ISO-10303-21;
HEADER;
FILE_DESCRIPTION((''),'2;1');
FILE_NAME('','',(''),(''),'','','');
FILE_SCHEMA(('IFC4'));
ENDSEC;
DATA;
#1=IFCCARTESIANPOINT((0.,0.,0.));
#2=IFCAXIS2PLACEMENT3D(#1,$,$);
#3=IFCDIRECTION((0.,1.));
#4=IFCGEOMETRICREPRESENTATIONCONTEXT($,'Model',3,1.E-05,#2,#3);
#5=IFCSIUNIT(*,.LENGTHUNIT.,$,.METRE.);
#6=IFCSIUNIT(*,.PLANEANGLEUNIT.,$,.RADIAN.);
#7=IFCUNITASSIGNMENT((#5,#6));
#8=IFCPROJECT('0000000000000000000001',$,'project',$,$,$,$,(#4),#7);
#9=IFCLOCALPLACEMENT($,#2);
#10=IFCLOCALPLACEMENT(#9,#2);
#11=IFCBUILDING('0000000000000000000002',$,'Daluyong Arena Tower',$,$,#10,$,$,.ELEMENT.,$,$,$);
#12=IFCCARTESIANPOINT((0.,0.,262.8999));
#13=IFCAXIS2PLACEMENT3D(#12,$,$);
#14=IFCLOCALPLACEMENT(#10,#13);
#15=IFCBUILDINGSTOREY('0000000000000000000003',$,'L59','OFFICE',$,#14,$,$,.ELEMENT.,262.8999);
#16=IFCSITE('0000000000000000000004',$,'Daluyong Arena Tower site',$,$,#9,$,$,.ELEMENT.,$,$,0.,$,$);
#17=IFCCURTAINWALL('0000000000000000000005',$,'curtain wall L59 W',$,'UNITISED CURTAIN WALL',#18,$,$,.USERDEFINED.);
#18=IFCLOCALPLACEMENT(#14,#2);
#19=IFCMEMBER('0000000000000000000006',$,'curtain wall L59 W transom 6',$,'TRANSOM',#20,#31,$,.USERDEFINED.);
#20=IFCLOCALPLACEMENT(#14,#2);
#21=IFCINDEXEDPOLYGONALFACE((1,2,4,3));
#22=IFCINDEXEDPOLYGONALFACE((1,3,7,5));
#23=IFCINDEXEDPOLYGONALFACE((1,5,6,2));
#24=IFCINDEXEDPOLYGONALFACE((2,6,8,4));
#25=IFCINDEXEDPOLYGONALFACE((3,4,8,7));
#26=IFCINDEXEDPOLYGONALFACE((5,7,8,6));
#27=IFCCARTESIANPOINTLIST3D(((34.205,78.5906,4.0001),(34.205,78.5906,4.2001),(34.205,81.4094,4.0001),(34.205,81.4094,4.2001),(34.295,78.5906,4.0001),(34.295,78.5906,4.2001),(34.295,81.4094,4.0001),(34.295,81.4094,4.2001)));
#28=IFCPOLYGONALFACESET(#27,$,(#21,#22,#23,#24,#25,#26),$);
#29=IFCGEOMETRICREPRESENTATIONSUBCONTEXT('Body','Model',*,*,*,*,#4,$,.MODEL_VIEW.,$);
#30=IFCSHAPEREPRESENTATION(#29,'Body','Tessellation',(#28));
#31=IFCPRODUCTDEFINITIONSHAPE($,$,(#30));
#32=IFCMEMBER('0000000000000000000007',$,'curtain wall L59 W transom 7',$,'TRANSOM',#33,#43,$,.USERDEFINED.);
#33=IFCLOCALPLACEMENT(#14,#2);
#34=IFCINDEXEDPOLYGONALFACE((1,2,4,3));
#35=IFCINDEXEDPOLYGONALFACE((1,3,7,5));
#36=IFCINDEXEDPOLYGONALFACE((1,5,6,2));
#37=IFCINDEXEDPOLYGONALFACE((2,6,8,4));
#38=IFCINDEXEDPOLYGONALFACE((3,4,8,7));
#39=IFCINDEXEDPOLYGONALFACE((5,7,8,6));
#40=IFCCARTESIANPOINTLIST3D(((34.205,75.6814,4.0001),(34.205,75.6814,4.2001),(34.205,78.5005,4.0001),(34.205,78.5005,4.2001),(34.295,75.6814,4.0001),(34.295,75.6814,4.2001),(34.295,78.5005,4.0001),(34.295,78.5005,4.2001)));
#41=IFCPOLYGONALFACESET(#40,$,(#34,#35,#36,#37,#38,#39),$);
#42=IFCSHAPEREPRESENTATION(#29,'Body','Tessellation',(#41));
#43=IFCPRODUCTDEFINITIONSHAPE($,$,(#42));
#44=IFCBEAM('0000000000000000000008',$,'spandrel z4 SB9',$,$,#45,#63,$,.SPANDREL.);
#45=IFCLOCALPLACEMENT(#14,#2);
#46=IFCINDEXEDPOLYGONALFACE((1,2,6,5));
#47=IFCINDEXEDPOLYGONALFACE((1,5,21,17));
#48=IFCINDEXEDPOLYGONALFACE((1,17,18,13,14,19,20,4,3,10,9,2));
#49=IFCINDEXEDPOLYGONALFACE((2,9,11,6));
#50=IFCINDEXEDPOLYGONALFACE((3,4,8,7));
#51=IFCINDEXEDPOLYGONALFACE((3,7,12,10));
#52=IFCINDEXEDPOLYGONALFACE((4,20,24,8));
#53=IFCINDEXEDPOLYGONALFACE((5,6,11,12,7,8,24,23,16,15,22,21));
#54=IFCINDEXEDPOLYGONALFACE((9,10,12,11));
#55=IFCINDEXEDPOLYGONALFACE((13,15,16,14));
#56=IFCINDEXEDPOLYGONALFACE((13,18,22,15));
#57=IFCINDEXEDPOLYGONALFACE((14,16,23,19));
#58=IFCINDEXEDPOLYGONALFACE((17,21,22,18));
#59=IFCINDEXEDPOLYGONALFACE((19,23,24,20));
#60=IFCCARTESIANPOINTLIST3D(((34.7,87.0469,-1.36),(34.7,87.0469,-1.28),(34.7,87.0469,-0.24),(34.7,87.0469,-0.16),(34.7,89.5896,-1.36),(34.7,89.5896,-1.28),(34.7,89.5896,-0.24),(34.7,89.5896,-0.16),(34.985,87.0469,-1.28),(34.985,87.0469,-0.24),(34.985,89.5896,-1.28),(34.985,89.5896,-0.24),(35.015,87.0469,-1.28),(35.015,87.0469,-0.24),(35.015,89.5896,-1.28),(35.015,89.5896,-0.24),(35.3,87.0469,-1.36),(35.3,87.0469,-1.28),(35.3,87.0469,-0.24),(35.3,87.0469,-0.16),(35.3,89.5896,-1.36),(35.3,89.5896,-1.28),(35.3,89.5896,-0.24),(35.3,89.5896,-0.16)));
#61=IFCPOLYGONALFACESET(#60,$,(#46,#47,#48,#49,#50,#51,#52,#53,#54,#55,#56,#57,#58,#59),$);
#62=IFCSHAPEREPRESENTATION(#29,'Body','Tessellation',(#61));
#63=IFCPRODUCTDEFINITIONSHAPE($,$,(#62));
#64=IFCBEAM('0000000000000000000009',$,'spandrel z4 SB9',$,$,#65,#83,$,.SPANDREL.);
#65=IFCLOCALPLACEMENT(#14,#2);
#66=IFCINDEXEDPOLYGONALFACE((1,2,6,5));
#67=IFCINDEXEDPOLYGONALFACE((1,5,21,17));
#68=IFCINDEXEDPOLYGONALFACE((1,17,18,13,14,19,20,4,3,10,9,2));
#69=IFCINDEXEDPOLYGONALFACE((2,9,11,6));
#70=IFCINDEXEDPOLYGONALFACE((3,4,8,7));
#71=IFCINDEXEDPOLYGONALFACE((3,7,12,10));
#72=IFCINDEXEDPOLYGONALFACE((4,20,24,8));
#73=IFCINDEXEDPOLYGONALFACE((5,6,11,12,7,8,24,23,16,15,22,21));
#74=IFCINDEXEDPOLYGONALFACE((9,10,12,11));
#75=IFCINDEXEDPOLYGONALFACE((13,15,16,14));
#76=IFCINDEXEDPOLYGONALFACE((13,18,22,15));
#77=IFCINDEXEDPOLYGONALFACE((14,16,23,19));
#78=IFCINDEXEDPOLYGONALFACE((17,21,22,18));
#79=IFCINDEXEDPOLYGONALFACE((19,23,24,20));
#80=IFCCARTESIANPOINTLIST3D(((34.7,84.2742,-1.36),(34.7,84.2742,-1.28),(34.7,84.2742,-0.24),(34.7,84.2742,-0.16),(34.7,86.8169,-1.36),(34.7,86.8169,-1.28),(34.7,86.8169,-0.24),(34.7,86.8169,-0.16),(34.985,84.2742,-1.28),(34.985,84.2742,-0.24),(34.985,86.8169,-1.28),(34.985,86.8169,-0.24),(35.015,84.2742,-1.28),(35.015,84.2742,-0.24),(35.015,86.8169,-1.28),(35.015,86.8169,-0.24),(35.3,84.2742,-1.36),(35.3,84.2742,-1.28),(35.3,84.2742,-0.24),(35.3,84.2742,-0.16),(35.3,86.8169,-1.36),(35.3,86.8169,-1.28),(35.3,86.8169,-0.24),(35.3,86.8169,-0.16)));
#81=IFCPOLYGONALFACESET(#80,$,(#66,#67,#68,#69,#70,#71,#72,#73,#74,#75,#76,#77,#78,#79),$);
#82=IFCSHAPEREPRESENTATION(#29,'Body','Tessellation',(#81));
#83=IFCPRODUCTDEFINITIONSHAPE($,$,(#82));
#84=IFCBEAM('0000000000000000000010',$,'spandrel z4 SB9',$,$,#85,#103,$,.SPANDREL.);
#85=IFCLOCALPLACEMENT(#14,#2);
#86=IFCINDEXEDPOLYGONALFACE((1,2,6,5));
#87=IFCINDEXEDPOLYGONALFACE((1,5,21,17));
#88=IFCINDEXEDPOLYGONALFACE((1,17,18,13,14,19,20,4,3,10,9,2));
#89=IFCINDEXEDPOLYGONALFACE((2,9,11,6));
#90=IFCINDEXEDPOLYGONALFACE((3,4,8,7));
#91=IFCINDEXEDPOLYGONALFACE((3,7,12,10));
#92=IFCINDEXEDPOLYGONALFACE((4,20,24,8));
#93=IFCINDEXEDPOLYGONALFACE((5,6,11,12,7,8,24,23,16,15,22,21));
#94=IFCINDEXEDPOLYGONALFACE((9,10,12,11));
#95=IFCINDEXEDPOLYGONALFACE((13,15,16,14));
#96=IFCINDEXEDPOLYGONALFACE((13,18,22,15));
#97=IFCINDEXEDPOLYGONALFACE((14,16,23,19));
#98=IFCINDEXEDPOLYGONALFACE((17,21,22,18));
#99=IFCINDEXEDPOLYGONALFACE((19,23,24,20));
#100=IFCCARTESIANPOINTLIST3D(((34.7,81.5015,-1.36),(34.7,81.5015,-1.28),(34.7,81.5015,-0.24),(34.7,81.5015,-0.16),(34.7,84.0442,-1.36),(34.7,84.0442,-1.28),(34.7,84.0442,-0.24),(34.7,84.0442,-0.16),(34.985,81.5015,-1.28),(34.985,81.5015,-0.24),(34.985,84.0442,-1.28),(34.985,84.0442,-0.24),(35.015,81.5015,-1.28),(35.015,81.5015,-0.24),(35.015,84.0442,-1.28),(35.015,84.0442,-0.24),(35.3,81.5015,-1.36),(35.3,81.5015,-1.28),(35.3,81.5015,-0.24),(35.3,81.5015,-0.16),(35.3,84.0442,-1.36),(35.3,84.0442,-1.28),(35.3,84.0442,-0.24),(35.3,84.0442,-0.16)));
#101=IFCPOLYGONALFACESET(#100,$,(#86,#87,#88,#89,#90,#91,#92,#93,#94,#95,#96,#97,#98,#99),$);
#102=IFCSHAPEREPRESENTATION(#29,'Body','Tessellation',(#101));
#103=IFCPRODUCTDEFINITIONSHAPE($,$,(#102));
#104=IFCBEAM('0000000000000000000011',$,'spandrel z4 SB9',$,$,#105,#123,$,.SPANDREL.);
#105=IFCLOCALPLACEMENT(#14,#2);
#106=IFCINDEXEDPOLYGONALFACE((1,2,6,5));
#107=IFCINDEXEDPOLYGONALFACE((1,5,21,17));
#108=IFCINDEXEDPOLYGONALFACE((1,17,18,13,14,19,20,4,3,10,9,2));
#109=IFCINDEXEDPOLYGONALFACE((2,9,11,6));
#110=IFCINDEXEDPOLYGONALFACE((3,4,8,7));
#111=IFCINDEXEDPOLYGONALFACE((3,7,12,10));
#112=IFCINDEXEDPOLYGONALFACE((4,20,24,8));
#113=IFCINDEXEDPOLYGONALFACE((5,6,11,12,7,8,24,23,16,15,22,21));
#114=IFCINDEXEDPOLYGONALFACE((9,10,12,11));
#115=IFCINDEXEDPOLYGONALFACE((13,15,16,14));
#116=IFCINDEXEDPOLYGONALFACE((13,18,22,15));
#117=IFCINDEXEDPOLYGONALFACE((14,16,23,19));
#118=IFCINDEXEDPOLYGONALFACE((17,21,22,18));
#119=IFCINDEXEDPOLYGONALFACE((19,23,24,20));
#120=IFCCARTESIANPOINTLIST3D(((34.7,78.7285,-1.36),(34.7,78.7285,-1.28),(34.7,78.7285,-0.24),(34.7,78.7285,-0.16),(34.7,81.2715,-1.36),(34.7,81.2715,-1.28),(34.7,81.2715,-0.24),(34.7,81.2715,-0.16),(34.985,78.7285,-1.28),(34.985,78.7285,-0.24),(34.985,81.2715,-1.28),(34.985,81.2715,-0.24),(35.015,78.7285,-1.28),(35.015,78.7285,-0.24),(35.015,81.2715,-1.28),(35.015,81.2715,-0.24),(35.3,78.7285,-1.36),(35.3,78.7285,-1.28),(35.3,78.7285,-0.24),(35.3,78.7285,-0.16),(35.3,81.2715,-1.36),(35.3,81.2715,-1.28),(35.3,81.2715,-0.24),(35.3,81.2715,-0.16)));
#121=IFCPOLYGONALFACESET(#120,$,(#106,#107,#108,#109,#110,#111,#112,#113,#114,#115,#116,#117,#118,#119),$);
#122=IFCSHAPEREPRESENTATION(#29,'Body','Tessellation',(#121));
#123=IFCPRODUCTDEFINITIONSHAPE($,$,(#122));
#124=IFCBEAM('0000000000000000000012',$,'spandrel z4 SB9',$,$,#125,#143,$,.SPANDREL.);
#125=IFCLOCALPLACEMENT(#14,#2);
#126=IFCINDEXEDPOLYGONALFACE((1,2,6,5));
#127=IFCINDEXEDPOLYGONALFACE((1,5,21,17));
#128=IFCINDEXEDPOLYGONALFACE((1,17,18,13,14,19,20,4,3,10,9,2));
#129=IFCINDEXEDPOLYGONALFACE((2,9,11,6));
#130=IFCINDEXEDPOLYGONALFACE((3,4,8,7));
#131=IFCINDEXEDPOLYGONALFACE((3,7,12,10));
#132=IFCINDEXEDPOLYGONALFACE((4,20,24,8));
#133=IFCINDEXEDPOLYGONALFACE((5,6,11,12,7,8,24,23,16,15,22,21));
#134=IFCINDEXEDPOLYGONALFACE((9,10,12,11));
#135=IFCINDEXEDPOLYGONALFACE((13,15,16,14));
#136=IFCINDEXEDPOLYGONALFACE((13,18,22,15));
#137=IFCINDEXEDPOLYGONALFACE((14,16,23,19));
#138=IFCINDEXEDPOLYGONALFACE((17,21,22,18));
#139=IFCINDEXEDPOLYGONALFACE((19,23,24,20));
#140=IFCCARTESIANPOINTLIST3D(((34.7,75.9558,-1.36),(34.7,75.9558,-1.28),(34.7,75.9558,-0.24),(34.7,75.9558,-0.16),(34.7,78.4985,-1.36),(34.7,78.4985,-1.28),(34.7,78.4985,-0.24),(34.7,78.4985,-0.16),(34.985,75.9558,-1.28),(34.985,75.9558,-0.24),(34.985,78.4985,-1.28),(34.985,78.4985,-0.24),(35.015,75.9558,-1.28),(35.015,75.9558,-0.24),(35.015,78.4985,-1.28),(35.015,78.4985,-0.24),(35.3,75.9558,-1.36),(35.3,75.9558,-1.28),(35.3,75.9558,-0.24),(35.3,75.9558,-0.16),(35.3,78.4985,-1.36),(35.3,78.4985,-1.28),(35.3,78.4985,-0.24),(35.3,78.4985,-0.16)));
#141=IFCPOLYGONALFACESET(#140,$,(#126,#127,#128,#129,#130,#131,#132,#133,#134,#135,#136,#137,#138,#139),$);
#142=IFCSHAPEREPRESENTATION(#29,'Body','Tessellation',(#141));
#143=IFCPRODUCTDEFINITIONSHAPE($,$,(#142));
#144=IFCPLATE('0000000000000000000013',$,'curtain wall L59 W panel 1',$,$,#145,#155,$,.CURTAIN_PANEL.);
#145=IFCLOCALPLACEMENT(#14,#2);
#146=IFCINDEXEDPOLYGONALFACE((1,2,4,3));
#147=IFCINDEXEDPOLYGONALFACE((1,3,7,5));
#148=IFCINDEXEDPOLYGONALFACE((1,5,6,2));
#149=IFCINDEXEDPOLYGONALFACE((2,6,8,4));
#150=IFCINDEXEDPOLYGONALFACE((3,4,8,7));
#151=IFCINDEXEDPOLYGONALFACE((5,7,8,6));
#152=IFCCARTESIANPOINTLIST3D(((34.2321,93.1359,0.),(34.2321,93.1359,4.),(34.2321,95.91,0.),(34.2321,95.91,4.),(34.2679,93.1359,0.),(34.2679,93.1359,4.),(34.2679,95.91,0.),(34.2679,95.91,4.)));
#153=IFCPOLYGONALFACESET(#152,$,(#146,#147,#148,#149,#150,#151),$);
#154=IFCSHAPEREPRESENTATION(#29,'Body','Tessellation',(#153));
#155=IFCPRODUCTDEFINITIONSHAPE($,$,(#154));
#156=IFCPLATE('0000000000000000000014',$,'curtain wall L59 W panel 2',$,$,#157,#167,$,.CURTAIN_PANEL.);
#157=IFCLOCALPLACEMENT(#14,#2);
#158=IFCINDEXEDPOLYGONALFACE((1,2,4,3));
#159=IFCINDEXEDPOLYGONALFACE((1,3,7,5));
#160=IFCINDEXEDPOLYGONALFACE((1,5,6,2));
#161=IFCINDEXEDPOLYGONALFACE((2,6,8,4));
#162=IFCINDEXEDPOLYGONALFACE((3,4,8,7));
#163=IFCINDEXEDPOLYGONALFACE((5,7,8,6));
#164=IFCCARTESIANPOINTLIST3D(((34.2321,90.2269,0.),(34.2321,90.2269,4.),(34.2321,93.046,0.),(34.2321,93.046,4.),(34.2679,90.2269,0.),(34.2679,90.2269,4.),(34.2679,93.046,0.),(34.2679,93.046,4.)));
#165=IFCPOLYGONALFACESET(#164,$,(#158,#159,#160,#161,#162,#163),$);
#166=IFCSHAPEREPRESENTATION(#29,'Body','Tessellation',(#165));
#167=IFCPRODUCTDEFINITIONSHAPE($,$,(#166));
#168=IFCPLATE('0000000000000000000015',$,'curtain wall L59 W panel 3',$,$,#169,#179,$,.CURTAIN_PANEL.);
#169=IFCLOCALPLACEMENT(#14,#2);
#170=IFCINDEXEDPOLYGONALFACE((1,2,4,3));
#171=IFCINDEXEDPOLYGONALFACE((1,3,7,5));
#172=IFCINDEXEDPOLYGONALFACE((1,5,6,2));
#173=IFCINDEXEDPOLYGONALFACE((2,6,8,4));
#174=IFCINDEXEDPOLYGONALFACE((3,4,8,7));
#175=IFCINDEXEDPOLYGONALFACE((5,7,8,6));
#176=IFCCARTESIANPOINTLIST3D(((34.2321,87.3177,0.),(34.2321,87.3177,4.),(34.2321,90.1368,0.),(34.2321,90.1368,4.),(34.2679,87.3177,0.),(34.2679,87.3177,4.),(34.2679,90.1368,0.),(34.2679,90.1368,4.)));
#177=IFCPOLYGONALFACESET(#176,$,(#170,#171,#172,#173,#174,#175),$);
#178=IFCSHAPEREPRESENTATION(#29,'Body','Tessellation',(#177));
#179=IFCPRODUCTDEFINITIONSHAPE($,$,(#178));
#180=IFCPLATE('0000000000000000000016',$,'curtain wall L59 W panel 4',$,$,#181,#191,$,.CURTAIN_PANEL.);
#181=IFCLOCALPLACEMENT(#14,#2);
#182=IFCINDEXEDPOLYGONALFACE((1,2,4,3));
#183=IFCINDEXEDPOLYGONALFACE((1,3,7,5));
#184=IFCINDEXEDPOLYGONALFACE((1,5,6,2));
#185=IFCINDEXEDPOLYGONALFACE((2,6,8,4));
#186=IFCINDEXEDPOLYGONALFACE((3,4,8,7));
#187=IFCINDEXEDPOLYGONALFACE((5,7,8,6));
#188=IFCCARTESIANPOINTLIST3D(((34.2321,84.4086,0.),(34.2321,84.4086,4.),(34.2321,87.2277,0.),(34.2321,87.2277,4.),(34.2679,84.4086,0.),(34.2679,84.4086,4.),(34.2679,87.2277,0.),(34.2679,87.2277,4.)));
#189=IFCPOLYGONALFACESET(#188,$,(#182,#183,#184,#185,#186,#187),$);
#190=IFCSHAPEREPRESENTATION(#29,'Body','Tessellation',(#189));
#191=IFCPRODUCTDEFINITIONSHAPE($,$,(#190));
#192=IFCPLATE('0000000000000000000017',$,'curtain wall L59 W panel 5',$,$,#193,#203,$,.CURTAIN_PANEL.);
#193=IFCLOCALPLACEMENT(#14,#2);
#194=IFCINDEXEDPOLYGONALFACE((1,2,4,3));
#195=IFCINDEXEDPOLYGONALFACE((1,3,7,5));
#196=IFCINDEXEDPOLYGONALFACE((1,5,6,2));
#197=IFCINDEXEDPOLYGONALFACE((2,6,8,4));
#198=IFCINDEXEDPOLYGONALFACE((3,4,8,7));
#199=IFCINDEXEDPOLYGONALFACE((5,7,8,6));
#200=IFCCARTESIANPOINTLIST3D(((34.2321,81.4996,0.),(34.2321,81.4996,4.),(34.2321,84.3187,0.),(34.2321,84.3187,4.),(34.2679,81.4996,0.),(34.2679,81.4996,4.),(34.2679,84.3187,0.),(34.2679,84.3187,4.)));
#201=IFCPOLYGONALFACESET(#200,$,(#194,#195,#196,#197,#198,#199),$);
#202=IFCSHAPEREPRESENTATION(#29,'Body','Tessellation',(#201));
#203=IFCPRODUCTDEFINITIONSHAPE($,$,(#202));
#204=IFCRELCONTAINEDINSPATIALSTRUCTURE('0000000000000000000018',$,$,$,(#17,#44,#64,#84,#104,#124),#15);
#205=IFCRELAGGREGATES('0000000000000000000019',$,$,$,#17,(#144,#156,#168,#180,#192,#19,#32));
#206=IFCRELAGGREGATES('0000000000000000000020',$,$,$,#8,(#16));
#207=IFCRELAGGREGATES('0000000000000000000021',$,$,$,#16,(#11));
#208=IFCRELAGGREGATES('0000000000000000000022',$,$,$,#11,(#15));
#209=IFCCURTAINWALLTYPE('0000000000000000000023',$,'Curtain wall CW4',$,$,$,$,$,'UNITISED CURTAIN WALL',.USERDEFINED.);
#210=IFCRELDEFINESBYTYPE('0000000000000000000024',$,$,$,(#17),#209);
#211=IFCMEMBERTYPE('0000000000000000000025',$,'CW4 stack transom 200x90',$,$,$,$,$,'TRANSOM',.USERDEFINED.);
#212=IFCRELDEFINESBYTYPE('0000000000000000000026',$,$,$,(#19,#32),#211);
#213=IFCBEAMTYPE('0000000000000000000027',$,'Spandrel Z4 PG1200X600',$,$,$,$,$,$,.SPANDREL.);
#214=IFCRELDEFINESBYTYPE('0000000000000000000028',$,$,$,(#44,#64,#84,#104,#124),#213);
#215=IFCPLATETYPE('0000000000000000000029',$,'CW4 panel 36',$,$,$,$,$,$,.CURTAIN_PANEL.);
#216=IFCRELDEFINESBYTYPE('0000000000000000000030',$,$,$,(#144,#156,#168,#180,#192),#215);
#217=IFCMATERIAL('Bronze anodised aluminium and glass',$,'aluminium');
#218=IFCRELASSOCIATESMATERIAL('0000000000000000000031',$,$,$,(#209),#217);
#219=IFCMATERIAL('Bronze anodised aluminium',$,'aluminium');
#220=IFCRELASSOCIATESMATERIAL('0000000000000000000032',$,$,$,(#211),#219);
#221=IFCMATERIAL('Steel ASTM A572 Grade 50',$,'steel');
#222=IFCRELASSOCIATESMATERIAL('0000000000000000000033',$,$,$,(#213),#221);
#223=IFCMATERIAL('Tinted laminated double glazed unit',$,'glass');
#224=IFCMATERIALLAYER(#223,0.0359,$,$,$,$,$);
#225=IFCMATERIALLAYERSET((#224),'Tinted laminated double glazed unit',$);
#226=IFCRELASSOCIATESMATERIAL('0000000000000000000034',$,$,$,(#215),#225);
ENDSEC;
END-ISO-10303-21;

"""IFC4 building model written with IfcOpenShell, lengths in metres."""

from ifc_helpers import new_model, si_unit, direction, frame, origin, origin_2d, place, context, subcontext, project, spatial, rectangle, i_section, extrude, material, layer, layer_set, material_profile, profile_set, type_object, element, aggregate, save


model = new_model("IFC4")

# Units and contexts
model_context = context("Model", 3, precision=1e-05, world=origin(), true_north=direction((0.0, 1.0)))
body_context = subcontext(model_context, "Body", "Model", "MODEL_VIEW")
ifc_project = project(units=[si_unit("LENGTHUNIT", "METRE"), si_unit("PLANEANGLEUNIT", "RADIAN")], contexts=[model_context])

# Site, building, storey
site_placement = place(None, origin())
site = spatial("IfcSite", under=ifc_project, at=site_placement, Name="Daluyong Arena Tower site", CompositionType="ELEMENT", RefElevation=0.0)
building_placement = place(site_placement, origin())
building = spatial("IfcBuilding", under=site, at=building_placement, Name="Daluyong Arena Tower", CompositionType="ELEMENT")
storey_placement = place(building_placement, frame((0.0, 0.0, 262.8999)))
storey = spatial("IfcBuildingStorey", under=building, at=storey_placement, Name="L59", Description="OFFICE", CompositionType="ELEMENT", Elevation=262.8999)

# Curtain wall, members
ifc_material_1 = material(Name="Bronze anodised aluminium and glass", Category="aluminium")
curtain_wall_type = type_object("IfcCurtainWallType", Name="Curtain wall CW4", ElementType="UNITISED CURTAIN WALL", PredefinedType="USERDEFINED", material=ifc_material_1)
curtain_wall_placement = place(storey_placement, origin())
curtain_wall = element("IfcCurtainWall", 1, at=curtain_wall_placement, inside=storey, type_object=curtain_wall_type, Name="curtain wall L59 W", ObjectType="UNITISED CURTAIN WALL", PredefinedType="USERDEFINED")
ifc_material_2 = material(Name="Bronze anodised aluminium", Category="aluminium")
ifc_material_profile_1 = material_profile(ifc_material_2, rectangle(XDim=0.0901, YDim=0.2, at=origin_2d()))
ifc_profile_set_1 = profile_set([ifc_material_profile_1], Name="Bronze anodised aluminium")
member_type_1 = type_object("IfcMemberType", Name="CW4 stack transom 200x90", ElementType="TRANSOM", PredefinedType="USERDEFINED", material=ifc_profile_set_1)
member_1_placement = place(storey_placement, frame((34.25, 81.4094, 4.1001), z_axis=(0.0, -1.0, 0.0), x_axis=(1.0, 0.0, 0.0)))
member_1 = element("IfcMember", 2, at=member_1_placement, type_object=member_type_1, Name="curtain wall L59 W transom 6", ObjectType="TRANSOM", PredefinedType="USERDEFINED", context=body_context, shape_type="SweptSolid", body=[
    extrude(rectangle(XDim=0.0901, YDim=0.2, at=origin_2d()), origin(), (0.0, 0.0, 1.0), 2.8188),
])
member_2_placement = place(storey_placement, frame((34.25, 78.5005, 4.1001), z_axis=(0.0, -1.0, 0.0), x_axis=(1.0, 0.0, 0.0)))
member_2 = element("IfcMember", 3, at=member_2_placement, type_object=member_type_1, Name="curtain wall L59 W transom 7", ObjectType="TRANSOM", PredefinedType="USERDEFINED", context=body_context, shape_type="SweptSolid", body=[
    extrude(rectangle(XDim=0.0901, YDim=0.2, at=origin_2d()), origin(), (0.0, 0.0, 1.0), 2.8191),
])

# Beams
ifc_material_3 = material(Name="Steel ASTM A572 Grade 50", Category="steel")
ifc_material_profile_2 = material_profile(ifc_material_3, i_section(OverallWidth=0.6001, OverallDepth=1.2, WebThickness=0.03, FlangeThickness=0.08, at=origin_2d()))
ifc_profile_set_2 = profile_set([ifc_material_profile_2], Name="Steel ASTM A572 Grade 50")
beam_type = type_object("IfcBeamType", Name="Spandrel Z4 PG1200X600", PredefinedType="SPANDREL", material=ifc_profile_set_2)
for number, where, z_axis, x_axis, name in (
    (4, (35.0, 89.5896, -0.76), (0.0, -1.0, 0.0), (1.0, 0.0, 0.0), "spandrel z4 SB9"),
    (5, (35.0, 86.8169, -0.76), (0.0, -1.0, 0.0), (1.0, 0.0, 0.0), "spandrel z4 SB9"),
    (6, (35.0, 84.0442, -0.76), (0.0, -1.0, 0.0), (1.0, 0.0, 0.0), "spandrel z4 SB9"),
):
    element("IfcBeam", number, at=place(storey_placement, frame(where, z_axis=z_axis, x_axis=x_axis)), inside=storey, type_object=beam_type, Name=name, PredefinedType="SPANDREL", context=body_context, shape_type="SweptSolid", body=[
        extrude(i_section(OverallWidth=0.6001, OverallDepth=1.2, WebThickness=0.03, FlangeThickness=0.08, at=origin_2d()), origin(), (0.0, 0.0, 1.0), 2.5427),
    ])
beam_1_placement = place(storey_placement, frame((35.0, 81.2715, -0.76), z_axis=(0.0, -1.0, 0.0), x_axis=(1.0, 0.0, 0.0)))
element("IfcBeam", 7, at=beam_1_placement, inside=storey, type_object=beam_type, Name="spandrel z4 SB9", PredefinedType="SPANDREL", context=body_context, shape_type="SweptSolid", body=[
    extrude(i_section(OverallWidth=0.6001, OverallDepth=1.2, WebThickness=0.03, FlangeThickness=0.08, at=origin_2d()), origin(), (0.0, 0.0, 1.0), 2.543),
])
beam_2_placement = place(storey_placement, frame((35.0, 78.4985, -0.76), z_axis=(0.0, -1.0, 0.0), x_axis=(1.0, 0.0, 0.0)))
element("IfcBeam", 8, at=beam_2_placement, inside=storey, type_object=beam_type, Name="spandrel z4 SB9", PredefinedType="SPANDREL", context=body_context, shape_type="SweptSolid", body=[
    extrude(i_section(OverallWidth=0.6001, OverallDepth=1.2, WebThickness=0.03, FlangeThickness=0.08, at=origin_2d()), origin(), (0.0, 0.0, 1.0), 2.5427),
])

# Plates
ifc_material_4 = material(Name="Tinted laminated double glazed unit", Category="glass")
ifc_layer = layer(ifc_material_4, 0.0359)
ifc_layer_set = layer_set([ifc_layer], Name="Tinted laminated double glazed unit")
plate_type = type_object("IfcPlateType", Name="CW4 panel 36", PredefinedType="CURTAIN_PANEL", material=ifc_layer_set)
plate_1_placement = place(storey_placement, frame((34.25, 94.5229, 0.0), z_axis=(0.0, 0.0, 1.0), x_axis=(0.0, -1.0, 0.0)))
plate_1 = element("IfcPlate", 9, at=plate_1_placement, type_object=plate_type, Name="curtain wall L59 W panel 1", PredefinedType="CURTAIN_PANEL", context=body_context, shape_type="SweptSolid", body=[
    extrude(rectangle(XDim=2.7742, YDim=0.0359, at=origin_2d()), origin(), (0.0, 0.0, 1.0), 4.0),
])
plate_2_placement = place(storey_placement, frame((34.25, 91.6365, 0.0), z_axis=(0.0, 0.0, 1.0), x_axis=(0.0, -1.0, 0.0)))
plate_2 = element("IfcPlate", 10, at=plate_2_placement, type_object=plate_type, Name="curtain wall L59 W panel 2", PredefinedType="CURTAIN_PANEL", context=body_context, shape_type="SweptSolid", body=[
    extrude(rectangle(XDim=2.8191, YDim=0.0359, at=origin_2d()), origin(), (0.0, 0.0, 1.0), 4.0),
])
plate_3_placement = place(storey_placement, frame((34.25, 88.7273, 0.0), z_axis=(0.0, 0.0, 1.0), x_axis=(0.0, -1.0, 0.0)))
plate_3 = element("IfcPlate", 11, at=plate_3_placement, type_object=plate_type, Name="curtain wall L59 W panel 3", PredefinedType="CURTAIN_PANEL", context=body_context, shape_type="SweptSolid", body=[
    extrude(rectangle(XDim=2.8191, YDim=0.0359, at=origin_2d()), origin(), (0.0, 0.0, 1.0), 4.0),
])
plate_4_placement = place(storey_placement, frame((34.25, 85.8181, 0.0), z_axis=(0.0, 0.0, 1.0), x_axis=(0.0, -1.0, 0.0)))
plate_4 = element("IfcPlate", 12, at=plate_4_placement, type_object=plate_type, Name="curtain wall L59 W panel 4", PredefinedType="CURTAIN_PANEL", context=body_context, shape_type="SweptSolid", body=[
    extrude(rectangle(XDim=2.8191, YDim=0.0359, at=origin_2d()), origin(), (0.0, 0.0, 1.0), 4.0),
])
plate_5_placement = place(storey_placement, frame((34.25, 82.9092, 0.0), z_axis=(0.0, 0.0, 1.0), x_axis=(0.0, -1.0, 0.0)))
plate_5 = element("IfcPlate", 13, at=plate_5_placement, type_object=plate_type, Name="curtain wall L59 W panel 5", PredefinedType="CURTAIN_PANEL", context=body_context, shape_type="SweptSolid", body=[
    extrude(rectangle(XDim=2.8191, YDim=0.0359, at=origin_2d()), origin(), (0.0, 0.0, 1.0), 4.0),
])
aggregate(curtain_wall, [plate_1, plate_2, plate_3, plate_4, plate_5, member_1, member_2])

save(model, "model.ifc")
